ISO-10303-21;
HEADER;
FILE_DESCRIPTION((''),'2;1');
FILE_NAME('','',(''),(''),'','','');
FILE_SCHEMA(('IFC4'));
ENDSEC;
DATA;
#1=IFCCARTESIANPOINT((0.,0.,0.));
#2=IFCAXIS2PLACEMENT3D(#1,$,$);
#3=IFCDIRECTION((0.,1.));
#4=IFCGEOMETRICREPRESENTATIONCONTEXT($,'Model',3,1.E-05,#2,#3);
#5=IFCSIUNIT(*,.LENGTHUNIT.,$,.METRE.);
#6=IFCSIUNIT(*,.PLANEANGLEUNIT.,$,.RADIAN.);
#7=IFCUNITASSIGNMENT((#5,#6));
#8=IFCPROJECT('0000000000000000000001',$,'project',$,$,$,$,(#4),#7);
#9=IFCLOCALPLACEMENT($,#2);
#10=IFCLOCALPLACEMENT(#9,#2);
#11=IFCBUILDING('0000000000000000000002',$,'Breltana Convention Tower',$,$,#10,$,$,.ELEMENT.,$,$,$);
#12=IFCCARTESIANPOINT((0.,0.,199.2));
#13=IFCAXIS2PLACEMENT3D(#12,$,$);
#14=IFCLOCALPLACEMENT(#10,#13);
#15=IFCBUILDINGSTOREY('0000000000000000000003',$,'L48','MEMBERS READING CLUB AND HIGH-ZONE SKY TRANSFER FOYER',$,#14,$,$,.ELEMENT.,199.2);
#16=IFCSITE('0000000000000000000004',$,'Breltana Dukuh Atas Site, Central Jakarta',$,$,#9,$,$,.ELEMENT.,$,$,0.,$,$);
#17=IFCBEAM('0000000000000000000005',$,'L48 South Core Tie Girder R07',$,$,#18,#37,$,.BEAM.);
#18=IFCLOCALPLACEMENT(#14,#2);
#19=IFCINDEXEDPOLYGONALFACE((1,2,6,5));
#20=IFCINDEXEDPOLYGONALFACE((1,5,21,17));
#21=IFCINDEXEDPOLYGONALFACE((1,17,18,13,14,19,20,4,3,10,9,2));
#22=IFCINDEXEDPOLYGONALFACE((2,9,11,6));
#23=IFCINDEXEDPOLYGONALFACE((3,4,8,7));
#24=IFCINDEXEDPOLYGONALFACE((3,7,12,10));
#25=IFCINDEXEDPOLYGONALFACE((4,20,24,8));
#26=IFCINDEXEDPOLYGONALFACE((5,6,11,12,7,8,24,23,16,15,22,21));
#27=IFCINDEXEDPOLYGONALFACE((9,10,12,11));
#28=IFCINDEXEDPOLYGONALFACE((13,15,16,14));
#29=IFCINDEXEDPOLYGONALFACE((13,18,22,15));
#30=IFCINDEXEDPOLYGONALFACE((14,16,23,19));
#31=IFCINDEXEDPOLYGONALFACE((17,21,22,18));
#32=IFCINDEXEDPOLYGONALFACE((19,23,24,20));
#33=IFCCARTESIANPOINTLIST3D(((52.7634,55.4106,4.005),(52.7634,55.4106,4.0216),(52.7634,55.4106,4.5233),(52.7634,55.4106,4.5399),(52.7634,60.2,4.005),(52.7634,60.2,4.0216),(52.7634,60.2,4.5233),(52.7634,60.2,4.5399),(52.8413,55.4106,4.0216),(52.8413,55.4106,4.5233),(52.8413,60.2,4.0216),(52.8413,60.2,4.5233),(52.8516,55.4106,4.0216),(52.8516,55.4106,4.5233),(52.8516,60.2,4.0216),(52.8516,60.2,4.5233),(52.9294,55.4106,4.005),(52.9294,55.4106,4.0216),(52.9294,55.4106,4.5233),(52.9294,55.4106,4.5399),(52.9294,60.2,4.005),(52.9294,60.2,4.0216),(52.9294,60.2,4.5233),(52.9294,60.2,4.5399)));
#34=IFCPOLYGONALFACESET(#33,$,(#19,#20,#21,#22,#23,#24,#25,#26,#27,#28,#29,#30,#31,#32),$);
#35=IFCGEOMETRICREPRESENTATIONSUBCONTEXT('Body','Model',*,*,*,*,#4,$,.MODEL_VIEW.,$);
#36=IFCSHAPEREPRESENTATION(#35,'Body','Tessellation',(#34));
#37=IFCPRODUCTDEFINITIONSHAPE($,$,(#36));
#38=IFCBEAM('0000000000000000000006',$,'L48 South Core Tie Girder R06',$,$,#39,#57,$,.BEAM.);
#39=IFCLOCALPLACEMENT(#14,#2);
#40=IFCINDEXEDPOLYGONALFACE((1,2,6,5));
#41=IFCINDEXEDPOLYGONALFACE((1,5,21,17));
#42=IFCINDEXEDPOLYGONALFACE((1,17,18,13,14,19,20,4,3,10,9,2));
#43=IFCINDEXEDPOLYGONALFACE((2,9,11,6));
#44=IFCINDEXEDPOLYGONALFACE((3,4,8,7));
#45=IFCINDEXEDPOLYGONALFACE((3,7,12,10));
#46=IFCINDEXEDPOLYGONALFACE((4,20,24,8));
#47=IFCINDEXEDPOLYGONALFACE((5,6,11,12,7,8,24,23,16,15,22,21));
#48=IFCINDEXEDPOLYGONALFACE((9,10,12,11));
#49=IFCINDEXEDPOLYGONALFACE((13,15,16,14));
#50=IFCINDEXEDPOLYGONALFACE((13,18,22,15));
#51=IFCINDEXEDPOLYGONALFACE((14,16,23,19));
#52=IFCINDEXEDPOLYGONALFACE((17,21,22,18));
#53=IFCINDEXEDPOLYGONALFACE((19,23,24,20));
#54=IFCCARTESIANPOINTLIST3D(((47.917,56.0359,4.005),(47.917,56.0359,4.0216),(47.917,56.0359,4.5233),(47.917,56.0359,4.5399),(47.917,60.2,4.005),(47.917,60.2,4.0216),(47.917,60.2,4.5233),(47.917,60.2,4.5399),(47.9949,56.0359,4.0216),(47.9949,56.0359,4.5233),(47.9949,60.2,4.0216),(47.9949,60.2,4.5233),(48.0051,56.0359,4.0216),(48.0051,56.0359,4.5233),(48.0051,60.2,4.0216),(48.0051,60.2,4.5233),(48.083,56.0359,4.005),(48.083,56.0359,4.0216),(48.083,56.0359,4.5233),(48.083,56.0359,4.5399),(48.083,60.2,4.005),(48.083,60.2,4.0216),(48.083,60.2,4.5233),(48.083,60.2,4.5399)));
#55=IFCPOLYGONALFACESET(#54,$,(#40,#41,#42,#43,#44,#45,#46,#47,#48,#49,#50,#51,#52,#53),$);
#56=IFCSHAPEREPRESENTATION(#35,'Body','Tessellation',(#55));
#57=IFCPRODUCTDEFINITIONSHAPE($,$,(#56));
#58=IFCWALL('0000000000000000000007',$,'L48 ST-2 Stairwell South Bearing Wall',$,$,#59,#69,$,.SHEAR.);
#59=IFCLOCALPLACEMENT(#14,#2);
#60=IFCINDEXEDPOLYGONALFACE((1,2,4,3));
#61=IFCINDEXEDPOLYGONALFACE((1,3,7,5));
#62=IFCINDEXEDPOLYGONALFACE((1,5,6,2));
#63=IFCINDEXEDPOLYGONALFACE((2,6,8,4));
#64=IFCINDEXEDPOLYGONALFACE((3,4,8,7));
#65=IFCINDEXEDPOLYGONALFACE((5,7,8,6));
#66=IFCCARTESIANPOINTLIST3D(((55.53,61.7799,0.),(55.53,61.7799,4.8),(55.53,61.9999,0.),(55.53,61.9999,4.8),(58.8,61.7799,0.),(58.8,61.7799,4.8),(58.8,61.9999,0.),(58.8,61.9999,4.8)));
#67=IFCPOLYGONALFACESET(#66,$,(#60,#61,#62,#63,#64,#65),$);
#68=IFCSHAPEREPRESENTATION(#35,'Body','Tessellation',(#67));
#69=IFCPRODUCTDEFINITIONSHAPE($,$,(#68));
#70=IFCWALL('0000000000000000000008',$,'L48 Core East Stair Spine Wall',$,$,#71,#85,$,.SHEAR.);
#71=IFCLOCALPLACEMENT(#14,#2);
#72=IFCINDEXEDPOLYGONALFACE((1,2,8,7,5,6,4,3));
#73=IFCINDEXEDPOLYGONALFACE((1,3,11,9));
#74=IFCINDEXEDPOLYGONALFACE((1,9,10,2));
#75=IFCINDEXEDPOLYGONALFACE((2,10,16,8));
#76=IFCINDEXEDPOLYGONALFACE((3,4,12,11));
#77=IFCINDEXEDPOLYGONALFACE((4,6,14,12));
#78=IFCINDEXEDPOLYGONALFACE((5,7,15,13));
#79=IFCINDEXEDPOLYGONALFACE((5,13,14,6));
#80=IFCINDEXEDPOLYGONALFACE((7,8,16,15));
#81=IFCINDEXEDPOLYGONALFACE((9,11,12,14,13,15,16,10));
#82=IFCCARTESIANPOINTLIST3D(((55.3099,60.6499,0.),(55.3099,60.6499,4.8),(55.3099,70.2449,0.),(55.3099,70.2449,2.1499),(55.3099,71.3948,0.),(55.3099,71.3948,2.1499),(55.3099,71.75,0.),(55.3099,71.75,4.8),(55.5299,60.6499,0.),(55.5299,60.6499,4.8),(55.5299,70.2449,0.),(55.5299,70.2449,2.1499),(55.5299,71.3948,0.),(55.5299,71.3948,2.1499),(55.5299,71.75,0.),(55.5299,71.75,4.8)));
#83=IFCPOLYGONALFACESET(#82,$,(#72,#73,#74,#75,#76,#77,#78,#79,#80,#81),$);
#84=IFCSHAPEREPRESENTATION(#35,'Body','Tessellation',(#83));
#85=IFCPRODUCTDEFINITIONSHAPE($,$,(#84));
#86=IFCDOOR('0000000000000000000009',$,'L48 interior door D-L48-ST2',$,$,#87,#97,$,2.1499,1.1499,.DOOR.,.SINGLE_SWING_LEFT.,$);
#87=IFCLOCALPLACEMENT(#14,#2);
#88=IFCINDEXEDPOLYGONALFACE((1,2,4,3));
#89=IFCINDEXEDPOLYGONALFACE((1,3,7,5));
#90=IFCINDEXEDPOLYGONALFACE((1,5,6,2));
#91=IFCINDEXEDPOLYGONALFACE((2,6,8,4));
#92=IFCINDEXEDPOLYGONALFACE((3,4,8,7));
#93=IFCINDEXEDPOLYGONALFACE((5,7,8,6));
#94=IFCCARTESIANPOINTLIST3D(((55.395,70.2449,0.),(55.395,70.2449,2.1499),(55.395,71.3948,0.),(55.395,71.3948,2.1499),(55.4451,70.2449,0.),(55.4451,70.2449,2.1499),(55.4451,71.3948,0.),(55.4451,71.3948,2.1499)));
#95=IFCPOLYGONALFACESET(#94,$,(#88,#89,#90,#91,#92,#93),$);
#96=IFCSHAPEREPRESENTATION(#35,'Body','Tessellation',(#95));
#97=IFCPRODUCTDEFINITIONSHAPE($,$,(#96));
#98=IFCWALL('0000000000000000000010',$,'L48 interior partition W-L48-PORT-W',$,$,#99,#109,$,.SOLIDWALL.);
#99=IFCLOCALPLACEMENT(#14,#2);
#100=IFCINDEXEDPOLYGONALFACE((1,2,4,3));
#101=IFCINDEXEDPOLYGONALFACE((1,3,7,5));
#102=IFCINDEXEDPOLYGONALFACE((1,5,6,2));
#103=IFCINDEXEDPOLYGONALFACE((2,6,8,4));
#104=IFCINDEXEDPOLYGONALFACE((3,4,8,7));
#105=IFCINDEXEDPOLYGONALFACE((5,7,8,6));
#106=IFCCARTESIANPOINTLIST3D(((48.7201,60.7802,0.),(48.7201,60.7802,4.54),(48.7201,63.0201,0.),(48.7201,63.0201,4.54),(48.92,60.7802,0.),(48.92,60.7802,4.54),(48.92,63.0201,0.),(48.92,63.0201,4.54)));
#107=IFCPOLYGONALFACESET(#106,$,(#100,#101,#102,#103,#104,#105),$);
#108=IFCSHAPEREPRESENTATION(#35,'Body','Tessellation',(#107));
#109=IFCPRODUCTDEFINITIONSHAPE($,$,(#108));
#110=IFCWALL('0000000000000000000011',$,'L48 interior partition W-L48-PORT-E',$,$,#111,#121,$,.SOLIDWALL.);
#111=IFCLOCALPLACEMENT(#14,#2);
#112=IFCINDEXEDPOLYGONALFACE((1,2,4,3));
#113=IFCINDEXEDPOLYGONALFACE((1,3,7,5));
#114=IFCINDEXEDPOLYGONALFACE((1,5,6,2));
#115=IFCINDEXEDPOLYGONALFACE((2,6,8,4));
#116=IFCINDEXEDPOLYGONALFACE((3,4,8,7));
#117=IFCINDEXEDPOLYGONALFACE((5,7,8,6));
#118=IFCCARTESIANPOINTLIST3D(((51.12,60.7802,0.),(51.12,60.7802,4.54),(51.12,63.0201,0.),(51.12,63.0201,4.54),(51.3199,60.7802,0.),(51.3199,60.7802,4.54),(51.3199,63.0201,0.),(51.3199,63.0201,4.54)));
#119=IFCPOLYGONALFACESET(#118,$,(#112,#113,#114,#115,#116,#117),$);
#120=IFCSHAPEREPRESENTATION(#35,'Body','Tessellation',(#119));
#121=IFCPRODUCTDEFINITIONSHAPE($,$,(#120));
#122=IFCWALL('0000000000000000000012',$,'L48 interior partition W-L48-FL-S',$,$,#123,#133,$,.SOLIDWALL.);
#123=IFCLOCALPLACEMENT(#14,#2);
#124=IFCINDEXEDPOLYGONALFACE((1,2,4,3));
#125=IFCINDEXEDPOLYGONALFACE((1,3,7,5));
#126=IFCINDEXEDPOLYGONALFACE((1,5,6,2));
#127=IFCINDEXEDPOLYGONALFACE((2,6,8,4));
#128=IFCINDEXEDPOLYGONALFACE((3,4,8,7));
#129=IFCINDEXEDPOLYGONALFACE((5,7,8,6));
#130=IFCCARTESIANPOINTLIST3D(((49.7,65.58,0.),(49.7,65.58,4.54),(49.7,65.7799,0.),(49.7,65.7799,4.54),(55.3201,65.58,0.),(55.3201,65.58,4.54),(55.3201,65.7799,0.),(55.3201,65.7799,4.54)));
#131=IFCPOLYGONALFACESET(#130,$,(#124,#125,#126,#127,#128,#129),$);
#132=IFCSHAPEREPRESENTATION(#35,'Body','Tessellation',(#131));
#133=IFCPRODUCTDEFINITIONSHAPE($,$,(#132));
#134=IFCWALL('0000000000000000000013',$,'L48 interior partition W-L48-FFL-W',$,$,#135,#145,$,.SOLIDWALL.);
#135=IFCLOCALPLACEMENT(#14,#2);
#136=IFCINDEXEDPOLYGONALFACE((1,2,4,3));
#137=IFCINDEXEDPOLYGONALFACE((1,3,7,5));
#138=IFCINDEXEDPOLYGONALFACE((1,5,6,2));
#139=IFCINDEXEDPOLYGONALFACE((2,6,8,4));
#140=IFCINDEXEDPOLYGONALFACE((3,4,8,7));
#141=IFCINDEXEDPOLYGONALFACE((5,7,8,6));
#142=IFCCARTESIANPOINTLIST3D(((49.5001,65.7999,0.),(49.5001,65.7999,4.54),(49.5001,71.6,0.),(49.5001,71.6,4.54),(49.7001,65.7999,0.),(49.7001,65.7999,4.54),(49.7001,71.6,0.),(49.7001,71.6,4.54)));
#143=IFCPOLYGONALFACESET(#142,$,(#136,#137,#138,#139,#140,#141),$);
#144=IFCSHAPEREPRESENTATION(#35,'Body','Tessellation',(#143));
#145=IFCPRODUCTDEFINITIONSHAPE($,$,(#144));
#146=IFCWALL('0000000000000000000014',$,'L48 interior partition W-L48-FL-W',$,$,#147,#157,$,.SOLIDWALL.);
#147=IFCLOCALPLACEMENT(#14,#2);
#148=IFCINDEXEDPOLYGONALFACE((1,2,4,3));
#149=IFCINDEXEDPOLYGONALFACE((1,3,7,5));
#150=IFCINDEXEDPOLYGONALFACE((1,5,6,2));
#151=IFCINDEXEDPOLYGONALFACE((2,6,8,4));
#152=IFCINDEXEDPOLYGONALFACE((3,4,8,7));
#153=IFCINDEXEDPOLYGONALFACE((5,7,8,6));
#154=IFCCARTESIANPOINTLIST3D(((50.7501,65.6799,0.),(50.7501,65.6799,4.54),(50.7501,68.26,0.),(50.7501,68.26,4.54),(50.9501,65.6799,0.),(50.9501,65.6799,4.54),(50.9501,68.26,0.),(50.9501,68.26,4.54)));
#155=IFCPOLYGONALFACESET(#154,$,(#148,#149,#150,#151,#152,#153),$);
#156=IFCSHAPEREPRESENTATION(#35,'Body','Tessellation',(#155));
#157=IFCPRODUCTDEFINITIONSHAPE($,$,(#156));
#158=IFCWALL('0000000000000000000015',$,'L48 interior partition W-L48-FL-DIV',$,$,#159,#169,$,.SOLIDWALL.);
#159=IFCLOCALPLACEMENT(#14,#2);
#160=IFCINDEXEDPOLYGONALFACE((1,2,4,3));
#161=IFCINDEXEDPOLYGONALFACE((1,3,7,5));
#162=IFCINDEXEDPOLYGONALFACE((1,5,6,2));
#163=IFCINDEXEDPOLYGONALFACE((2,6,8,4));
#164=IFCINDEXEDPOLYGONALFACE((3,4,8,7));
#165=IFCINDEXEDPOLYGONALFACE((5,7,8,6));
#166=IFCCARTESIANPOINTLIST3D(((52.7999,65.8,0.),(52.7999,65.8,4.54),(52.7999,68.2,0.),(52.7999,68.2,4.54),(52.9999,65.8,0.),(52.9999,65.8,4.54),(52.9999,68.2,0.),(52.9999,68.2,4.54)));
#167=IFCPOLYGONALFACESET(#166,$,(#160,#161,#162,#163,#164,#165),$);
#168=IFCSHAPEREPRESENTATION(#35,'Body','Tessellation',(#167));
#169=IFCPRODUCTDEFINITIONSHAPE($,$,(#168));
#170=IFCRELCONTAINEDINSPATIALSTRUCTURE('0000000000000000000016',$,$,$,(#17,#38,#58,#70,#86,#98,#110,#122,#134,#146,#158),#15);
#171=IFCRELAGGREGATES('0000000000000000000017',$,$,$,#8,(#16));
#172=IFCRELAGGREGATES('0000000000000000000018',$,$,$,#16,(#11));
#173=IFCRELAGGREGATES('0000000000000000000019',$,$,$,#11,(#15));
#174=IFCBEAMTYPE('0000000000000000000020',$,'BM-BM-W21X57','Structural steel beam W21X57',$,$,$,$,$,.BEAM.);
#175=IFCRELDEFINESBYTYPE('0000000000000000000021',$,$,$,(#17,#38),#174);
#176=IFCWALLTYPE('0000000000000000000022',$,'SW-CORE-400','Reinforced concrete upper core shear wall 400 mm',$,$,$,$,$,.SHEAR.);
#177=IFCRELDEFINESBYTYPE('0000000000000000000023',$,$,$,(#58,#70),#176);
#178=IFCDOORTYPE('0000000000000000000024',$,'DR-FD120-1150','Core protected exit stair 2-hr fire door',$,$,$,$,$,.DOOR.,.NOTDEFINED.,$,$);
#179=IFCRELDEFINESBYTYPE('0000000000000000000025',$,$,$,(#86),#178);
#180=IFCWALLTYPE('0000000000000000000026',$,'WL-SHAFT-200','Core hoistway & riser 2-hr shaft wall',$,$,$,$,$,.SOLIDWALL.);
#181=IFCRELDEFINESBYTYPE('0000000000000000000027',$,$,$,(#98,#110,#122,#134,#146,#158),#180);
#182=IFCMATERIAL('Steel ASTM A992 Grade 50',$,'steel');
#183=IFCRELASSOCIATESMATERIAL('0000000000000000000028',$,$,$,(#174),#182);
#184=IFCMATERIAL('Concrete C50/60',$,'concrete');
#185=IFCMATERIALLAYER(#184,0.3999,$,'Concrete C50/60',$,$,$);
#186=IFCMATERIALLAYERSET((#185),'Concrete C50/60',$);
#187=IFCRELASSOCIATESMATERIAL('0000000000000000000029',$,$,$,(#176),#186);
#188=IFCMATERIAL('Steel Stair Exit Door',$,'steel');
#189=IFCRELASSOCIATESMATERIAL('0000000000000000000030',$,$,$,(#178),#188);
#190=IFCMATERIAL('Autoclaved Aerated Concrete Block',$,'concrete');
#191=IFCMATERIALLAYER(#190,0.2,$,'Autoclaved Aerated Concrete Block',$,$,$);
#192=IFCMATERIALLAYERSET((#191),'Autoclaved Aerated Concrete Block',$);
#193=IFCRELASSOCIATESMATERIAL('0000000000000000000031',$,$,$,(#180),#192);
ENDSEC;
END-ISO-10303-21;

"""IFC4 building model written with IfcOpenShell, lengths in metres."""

from ifc_helpers import new_model, si_unit, direction, frame, frame_2d, origin, origin_2d, place, context, subcontext, project, spatial, rectangle, i_section, extrude, source, transform, mapped, material, layer, layer_set, material_profile, profile_set, type_object, type_shapes, element, fill, save


model = new_model("IFC4")

# Units and contexts
model_context = context("Model", 3, precision=1e-05, world=origin(), true_north=direction((0.0, 1.0)))
body_context = subcontext(model_context, "Body", "Model", "MODEL_VIEW")
ifc_project = project(units=[si_unit("LENGTHUNIT", "METRE"), si_unit("PLANEANGLEUNIT", "RADIAN")], contexts=[model_context])

# Site, building, storey
site_placement = place(None, origin())
site = spatial("IfcSite", under=ifc_project, at=site_placement, Name="Breltana Dukuh Atas Site, Central Jakarta", CompositionType="ELEMENT", RefElevation=0.0)
building_placement = place(site_placement, origin())
building = spatial("IfcBuilding", under=site, at=building_placement, Name="Breltana Convention Tower", CompositionType="ELEMENT")
storey_placement = place(building_placement, frame((0.0, 0.0, 199.2)))
storey = spatial("IfcBuildingStorey", under=building, at=storey_placement, Name="L48", Description="MEMBERS READING CLUB AND HIGH-ZONE SKY TRANSFER FOYER", CompositionType="ELEMENT", Elevation=199.2)

# Beams
ifc_material_1 = material(Name="Steel ASTM A992 Grade 50", Category="steel")
ifc_material_profile = material_profile(ifc_material_1, i_section(OverallWidth=0.166, OverallDepth=0.5349, WebThickness=0.0103, FlangeThickness=0.0166, at=origin_2d()), Name="W21X57")
ifc_profile_set = profile_set([ifc_material_profile], Name="Steel ASTM A992 Grade 50")
beam_type = type_object("IfcBeamType", Name="BM-BM-W21X57", Description="Structural steel beam W21X57", PredefinedType="BEAM", material=ifc_profile_set)
shared_shape_1 = source(origin(), body_context, "Body", "SweptSolid", [
    extrude(i_section(OverallWidth=0.166, OverallDepth=0.5349, WebThickness=0.0103, FlangeThickness=0.0166, at=origin_2d()), origin(), (0.0, 0.0, 1.0), 4.7893),
])
beam_1_placement = place(storey_placement, frame((52.8464, 60.2, 4.2725), z_axis=(0.0, -1.0, 0.0), x_axis=(1.0, 0.0, 0.0)))
element("IfcBeam", 1, at=beam_1_placement, inside=storey, type_object=beam_type, Name="L48 South Core Tie Girder R07", PredefinedType="BEAM", context=body_context, shape_type="MappedRepresentation", body=[
    mapped(shared_shape_1, transform((0.0, 0.0, 0.0), scale=1.0)),
])
shared_shape_2 = source(origin(), body_context, "Body", "SweptSolid", [
    extrude(i_section(OverallWidth=0.166, OverallDepth=0.5349, WebThickness=0.0103, FlangeThickness=0.0166, at=origin_2d()), origin(), (0.0, 0.0, 1.0), 4.1641),
])
beam_2_placement = place(storey_placement, frame((48.0, 60.2, 4.2725), z_axis=(0.0, -1.0, 0.0), x_axis=(1.0, 0.0, 0.0)))
element("IfcBeam", 2, at=beam_2_placement, inside=storey, type_object=beam_type, Name="L48 South Core Tie Girder R06", PredefinedType="BEAM", context=body_context, shape_type="MappedRepresentation", body=[
    mapped(shared_shape_2, transform((0.0, 0.0, 0.0), scale=1.0)),
])

# Wall
ifc_material_2 = material(Name="Concrete C50/60", Category="concrete")
ifc_layer_1 = layer(ifc_material_2, 0.3999, Name="Concrete C50/60")
ifc_layer_set_1 = layer_set([ifc_layer_1], Name="Concrete C50/60")
wall_type_1 = type_object("IfcWallType", Name="SW-CORE-400", Description="Reinforced concrete upper core shear wall 400 mm", PredefinedType="SHEAR", material=ifc_layer_set_1)
shared_shape_3 = source(origin(), body_context, "Body", "SweptSolid", [
    extrude(rectangle(XDim=3.27, YDim=0.22, at=frame_2d((1.635, 0.0))), origin(), (0.0, 0.0, 1.0), 4.8),
])
wall_1_placement = place(storey_placement, frame((55.53, 61.8899, 0.0), z_axis=(0.0, 0.0, 1.0), x_axis=(1.0, 0.0, 0.0)))
element("IfcWall", 3, at=wall_1_placement, inside=storey, type_object=wall_type_1, Name="L48 ST-2 Stairwell South Bearing Wall", PredefinedType="SHEAR", context=body_context, shape_type="MappedRepresentation", body=[
    mapped(shared_shape_3, transform((0.0, 0.0, 0.0), scale=1.0)),
])

# Wall, opening, door
shared_shape_4 = source(origin(), body_context, "Body", "SweptSolid", [
    extrude(rectangle(XDim=11.1001, YDim=0.22, at=frame_2d((5.55, 0.0))), origin(), (0.0, 0.0, 1.0), 4.8),
])
wall_2_placement = place(storey_placement, frame((55.4199, 60.6499, 0.0), z_axis=(0.0, 0.0, 1.0), x_axis=(0.0, 1.0, 0.0)))
wall_2 = element("IfcWall", 4, at=wall_2_placement, inside=storey, type_object=wall_type_1, Name="L48 Core East Stair Spine Wall", PredefinedType="SHEAR", context=body_context, shape_type="MappedRepresentation", body=[
    mapped(shared_shape_4, transform((0.0, 0.0, 0.0), scale=1.0)),
])
opening_1_placement = place(wall_2_placement, frame((9.595, 0.0, 0.0)))
opening_1 = element("IfcOpeningElement", 5, at=opening_1_placement, cuts=wall_2, PredefinedType="OPENING", context=body_context, shape_type="SweptSolid", body=[
    extrude(rectangle(XDim=1.1499, YDim=2.1499, at=frame_2d((0.575, 1.075))), frame((0.0, 0.1201, 0.0), z_axis=(0.0, -1.0, 0.0), x_axis=(1.0, 0.0, 0.0)), (0.0, 0.0, 1.0), 0.24),
])
ifc_material_3 = material(Name="Steel Stair Exit Door", Category="steel")
door_type_1 = type_object("IfcDoorType", Name="DR-FD120-1150", Description="Core protected exit stair 2-hr fire door", OperationType="NOTDEFINED", PredefinedType="DOOR", material=ifc_material_3)
shared_shape_5 = source(origin(), body_context, "Body", "SweptSolid", [
    extrude(rectangle(XDim=1.1499, YDim=2.1499, at=frame_2d((0.575, 1.075))), frame((0.0, 0.0249, 0.0), z_axis=(0.0, -1.0, 0.0), x_axis=(1.0, 0.0, 0.0)), (0.0, 0.0, 1.0), 0.05),
])
type_shapes(door_type_1, [shared_shape_5])
door_1_placement = place(opening_1_placement, origin())
door_1 = element("IfcDoor", 6, at=door_1_placement, inside=storey, type_object=door_type_1, Name="L48 interior door D-L48-ST2", OperationType="SINGLE_SWING_LEFT", OverallHeight=2.1499, OverallWidth=1.1499, PredefinedType="DOOR", context=body_context, shape_type="MappedRepresentation", body=[
    mapped(shared_shape_5, transform((0.0, 0.0, 0.0), scale=1.0)),
])
fill(opening_1, door_1)

# Walls
ifc_material_4 = material(Name="Autoclaved Aerated Concrete Block", Category="concrete")
ifc_layer_2 = layer(ifc_material_4, 0.2, Name="Autoclaved Aerated Concrete Block")
ifc_layer_set_2 = layer_set([ifc_layer_2], Name="Autoclaved Aerated Concrete Block")
wall_type_2 = type_object("IfcWallType", Name="WL-SHAFT-200", Description="Core hoistway & riser 2-hr shaft wall", PredefinedType="SOLIDWALL", material=ifc_layer_set_2)
shared_shape_6 = source(origin(), body_context, "Body", "SweptSolid", [
    extrude(rectangle(XDim=2.24, YDim=0.2, at=frame_2d((1.1201, 0.0))), origin(), (0.0, 0.0, 1.0), 4.54),
])
for number, where, z_axis, x_axis, name in (
    (7, (48.8201, 60.78, 0.0), (0.0, 0.0, 1.0), (0.0, 1.0, 0.0), "L48 interior partition W-L48-PORT-W"),
    (8, (51.22, 60.78, 0.0), (0.0, 0.0, 1.0), (0.0, 1.0, 0.0), "L48 interior partition W-L48-PORT-E"),
):
    element("IfcWall", number, at=place(storey_placement, frame(where, z_axis=z_axis, x_axis=x_axis)), inside=storey, type_object=wall_type_2, Name=name, PredefinedType="SOLIDWALL", context=body_context, shape_type="MappedRepresentation", body=[
        mapped(shared_shape_6, transform((0.0, 0.0, 0.0), scale=1.0)),
    ])

# Shared definitions
shared_shape_7 = source(origin(), body_context, "Body", "SweptSolid", [
    extrude(rectangle(XDim=5.6201, YDim=0.2, at=frame_2d((2.8101, 0.0))), origin(), (0.0, 0.0, 1.0), 4.54),
])

# Walls
wall_3_placement = place(storey_placement, frame((49.7, 65.6799, 0.0), z_axis=(0.0, 0.0, 1.0), x_axis=(1.0, 0.0, 0.0)))
element("IfcWall", 9, at=wall_3_placement, inside=storey, type_object=wall_type_2, Name="L48 interior partition W-L48-FL-S", PredefinedType="SOLIDWALL", context=body_context, shape_type="MappedRepresentation", body=[
    mapped(shared_shape_7, transform((0.0, 0.0, 0.0), scale=1.0)),
])
shared_shape_8 = source(origin(), body_context, "Body", "SweptSolid", [
    extrude(rectangle(XDim=5.8, YDim=0.2, at=frame_2d((2.8999, 0.0))), origin(), (0.0, 0.0, 1.0), 4.54),
])
wall_4_placement = place(storey_placement, frame((49.6001, 65.8, 0.0), z_axis=(0.0, 0.0, 1.0), x_axis=(0.0, 1.0, 0.0)))
element("IfcWall", 10, at=wall_4_placement, inside=storey, type_object=wall_type_2, Name="L48 interior partition W-L48-FFL-W", PredefinedType="SOLIDWALL", context=body_context, shape_type="MappedRepresentation", body=[
    mapped(shared_shape_8, transform((0.0, 0.0, 0.0), scale=1.0)),
])
shared_shape_9 = source(origin(), body_context, "Body", "SweptSolid", [
    extrude(rectangle(XDim=2.5801, YDim=0.2, at=frame_2d((1.29, 0.0))), origin(), (0.0, 0.0, 1.0), 4.54),
])
wall_5_placement = place(storey_placement, frame((50.8501, 65.6799, 0.0), z_axis=(0.0, 0.0, 1.0), x_axis=(0.0, 1.0, 0.0)))
element("IfcWall", 11, at=wall_5_placement, inside=storey, type_object=wall_type_2, Name="L48 interior partition W-L48-FL-W", PredefinedType="SOLIDWALL", context=body_context, shape_type="MappedRepresentation", body=[
    mapped(shared_shape_9, transform((0.0, 0.0, 0.0), scale=1.0)),
])
shared_shape_10 = source(origin(), body_context, "Body", "SweptSolid", [
    extrude(rectangle(XDim=2.3999, YDim=0.2, at=frame_2d((1.2, 0.0))), origin(), (0.0, 0.0, 1.0), 4.54),
])
for number, where, z_axis, x_axis, name in (
    (12, (52.8999, 65.8, 0.0), (0.0, 0.0, 1.0), (0.0, 1.0, 0.0), "L48 interior partition W-L48-FL-DIV"),
):
    element("IfcWall", number, at=place(storey_placement, frame(where, z_axis=z_axis, x_axis=x_axis)), inside=storey, type_object=wall_type_2, Name=name, PredefinedType="SOLIDWALL", context=body_context, shape_type="MappedRepresentation", body=[
        mapped(shared_shape_10, transform((0.0, 0.0, 0.0), scale=1.0)),
    ])

save(model, "model.ifc")
